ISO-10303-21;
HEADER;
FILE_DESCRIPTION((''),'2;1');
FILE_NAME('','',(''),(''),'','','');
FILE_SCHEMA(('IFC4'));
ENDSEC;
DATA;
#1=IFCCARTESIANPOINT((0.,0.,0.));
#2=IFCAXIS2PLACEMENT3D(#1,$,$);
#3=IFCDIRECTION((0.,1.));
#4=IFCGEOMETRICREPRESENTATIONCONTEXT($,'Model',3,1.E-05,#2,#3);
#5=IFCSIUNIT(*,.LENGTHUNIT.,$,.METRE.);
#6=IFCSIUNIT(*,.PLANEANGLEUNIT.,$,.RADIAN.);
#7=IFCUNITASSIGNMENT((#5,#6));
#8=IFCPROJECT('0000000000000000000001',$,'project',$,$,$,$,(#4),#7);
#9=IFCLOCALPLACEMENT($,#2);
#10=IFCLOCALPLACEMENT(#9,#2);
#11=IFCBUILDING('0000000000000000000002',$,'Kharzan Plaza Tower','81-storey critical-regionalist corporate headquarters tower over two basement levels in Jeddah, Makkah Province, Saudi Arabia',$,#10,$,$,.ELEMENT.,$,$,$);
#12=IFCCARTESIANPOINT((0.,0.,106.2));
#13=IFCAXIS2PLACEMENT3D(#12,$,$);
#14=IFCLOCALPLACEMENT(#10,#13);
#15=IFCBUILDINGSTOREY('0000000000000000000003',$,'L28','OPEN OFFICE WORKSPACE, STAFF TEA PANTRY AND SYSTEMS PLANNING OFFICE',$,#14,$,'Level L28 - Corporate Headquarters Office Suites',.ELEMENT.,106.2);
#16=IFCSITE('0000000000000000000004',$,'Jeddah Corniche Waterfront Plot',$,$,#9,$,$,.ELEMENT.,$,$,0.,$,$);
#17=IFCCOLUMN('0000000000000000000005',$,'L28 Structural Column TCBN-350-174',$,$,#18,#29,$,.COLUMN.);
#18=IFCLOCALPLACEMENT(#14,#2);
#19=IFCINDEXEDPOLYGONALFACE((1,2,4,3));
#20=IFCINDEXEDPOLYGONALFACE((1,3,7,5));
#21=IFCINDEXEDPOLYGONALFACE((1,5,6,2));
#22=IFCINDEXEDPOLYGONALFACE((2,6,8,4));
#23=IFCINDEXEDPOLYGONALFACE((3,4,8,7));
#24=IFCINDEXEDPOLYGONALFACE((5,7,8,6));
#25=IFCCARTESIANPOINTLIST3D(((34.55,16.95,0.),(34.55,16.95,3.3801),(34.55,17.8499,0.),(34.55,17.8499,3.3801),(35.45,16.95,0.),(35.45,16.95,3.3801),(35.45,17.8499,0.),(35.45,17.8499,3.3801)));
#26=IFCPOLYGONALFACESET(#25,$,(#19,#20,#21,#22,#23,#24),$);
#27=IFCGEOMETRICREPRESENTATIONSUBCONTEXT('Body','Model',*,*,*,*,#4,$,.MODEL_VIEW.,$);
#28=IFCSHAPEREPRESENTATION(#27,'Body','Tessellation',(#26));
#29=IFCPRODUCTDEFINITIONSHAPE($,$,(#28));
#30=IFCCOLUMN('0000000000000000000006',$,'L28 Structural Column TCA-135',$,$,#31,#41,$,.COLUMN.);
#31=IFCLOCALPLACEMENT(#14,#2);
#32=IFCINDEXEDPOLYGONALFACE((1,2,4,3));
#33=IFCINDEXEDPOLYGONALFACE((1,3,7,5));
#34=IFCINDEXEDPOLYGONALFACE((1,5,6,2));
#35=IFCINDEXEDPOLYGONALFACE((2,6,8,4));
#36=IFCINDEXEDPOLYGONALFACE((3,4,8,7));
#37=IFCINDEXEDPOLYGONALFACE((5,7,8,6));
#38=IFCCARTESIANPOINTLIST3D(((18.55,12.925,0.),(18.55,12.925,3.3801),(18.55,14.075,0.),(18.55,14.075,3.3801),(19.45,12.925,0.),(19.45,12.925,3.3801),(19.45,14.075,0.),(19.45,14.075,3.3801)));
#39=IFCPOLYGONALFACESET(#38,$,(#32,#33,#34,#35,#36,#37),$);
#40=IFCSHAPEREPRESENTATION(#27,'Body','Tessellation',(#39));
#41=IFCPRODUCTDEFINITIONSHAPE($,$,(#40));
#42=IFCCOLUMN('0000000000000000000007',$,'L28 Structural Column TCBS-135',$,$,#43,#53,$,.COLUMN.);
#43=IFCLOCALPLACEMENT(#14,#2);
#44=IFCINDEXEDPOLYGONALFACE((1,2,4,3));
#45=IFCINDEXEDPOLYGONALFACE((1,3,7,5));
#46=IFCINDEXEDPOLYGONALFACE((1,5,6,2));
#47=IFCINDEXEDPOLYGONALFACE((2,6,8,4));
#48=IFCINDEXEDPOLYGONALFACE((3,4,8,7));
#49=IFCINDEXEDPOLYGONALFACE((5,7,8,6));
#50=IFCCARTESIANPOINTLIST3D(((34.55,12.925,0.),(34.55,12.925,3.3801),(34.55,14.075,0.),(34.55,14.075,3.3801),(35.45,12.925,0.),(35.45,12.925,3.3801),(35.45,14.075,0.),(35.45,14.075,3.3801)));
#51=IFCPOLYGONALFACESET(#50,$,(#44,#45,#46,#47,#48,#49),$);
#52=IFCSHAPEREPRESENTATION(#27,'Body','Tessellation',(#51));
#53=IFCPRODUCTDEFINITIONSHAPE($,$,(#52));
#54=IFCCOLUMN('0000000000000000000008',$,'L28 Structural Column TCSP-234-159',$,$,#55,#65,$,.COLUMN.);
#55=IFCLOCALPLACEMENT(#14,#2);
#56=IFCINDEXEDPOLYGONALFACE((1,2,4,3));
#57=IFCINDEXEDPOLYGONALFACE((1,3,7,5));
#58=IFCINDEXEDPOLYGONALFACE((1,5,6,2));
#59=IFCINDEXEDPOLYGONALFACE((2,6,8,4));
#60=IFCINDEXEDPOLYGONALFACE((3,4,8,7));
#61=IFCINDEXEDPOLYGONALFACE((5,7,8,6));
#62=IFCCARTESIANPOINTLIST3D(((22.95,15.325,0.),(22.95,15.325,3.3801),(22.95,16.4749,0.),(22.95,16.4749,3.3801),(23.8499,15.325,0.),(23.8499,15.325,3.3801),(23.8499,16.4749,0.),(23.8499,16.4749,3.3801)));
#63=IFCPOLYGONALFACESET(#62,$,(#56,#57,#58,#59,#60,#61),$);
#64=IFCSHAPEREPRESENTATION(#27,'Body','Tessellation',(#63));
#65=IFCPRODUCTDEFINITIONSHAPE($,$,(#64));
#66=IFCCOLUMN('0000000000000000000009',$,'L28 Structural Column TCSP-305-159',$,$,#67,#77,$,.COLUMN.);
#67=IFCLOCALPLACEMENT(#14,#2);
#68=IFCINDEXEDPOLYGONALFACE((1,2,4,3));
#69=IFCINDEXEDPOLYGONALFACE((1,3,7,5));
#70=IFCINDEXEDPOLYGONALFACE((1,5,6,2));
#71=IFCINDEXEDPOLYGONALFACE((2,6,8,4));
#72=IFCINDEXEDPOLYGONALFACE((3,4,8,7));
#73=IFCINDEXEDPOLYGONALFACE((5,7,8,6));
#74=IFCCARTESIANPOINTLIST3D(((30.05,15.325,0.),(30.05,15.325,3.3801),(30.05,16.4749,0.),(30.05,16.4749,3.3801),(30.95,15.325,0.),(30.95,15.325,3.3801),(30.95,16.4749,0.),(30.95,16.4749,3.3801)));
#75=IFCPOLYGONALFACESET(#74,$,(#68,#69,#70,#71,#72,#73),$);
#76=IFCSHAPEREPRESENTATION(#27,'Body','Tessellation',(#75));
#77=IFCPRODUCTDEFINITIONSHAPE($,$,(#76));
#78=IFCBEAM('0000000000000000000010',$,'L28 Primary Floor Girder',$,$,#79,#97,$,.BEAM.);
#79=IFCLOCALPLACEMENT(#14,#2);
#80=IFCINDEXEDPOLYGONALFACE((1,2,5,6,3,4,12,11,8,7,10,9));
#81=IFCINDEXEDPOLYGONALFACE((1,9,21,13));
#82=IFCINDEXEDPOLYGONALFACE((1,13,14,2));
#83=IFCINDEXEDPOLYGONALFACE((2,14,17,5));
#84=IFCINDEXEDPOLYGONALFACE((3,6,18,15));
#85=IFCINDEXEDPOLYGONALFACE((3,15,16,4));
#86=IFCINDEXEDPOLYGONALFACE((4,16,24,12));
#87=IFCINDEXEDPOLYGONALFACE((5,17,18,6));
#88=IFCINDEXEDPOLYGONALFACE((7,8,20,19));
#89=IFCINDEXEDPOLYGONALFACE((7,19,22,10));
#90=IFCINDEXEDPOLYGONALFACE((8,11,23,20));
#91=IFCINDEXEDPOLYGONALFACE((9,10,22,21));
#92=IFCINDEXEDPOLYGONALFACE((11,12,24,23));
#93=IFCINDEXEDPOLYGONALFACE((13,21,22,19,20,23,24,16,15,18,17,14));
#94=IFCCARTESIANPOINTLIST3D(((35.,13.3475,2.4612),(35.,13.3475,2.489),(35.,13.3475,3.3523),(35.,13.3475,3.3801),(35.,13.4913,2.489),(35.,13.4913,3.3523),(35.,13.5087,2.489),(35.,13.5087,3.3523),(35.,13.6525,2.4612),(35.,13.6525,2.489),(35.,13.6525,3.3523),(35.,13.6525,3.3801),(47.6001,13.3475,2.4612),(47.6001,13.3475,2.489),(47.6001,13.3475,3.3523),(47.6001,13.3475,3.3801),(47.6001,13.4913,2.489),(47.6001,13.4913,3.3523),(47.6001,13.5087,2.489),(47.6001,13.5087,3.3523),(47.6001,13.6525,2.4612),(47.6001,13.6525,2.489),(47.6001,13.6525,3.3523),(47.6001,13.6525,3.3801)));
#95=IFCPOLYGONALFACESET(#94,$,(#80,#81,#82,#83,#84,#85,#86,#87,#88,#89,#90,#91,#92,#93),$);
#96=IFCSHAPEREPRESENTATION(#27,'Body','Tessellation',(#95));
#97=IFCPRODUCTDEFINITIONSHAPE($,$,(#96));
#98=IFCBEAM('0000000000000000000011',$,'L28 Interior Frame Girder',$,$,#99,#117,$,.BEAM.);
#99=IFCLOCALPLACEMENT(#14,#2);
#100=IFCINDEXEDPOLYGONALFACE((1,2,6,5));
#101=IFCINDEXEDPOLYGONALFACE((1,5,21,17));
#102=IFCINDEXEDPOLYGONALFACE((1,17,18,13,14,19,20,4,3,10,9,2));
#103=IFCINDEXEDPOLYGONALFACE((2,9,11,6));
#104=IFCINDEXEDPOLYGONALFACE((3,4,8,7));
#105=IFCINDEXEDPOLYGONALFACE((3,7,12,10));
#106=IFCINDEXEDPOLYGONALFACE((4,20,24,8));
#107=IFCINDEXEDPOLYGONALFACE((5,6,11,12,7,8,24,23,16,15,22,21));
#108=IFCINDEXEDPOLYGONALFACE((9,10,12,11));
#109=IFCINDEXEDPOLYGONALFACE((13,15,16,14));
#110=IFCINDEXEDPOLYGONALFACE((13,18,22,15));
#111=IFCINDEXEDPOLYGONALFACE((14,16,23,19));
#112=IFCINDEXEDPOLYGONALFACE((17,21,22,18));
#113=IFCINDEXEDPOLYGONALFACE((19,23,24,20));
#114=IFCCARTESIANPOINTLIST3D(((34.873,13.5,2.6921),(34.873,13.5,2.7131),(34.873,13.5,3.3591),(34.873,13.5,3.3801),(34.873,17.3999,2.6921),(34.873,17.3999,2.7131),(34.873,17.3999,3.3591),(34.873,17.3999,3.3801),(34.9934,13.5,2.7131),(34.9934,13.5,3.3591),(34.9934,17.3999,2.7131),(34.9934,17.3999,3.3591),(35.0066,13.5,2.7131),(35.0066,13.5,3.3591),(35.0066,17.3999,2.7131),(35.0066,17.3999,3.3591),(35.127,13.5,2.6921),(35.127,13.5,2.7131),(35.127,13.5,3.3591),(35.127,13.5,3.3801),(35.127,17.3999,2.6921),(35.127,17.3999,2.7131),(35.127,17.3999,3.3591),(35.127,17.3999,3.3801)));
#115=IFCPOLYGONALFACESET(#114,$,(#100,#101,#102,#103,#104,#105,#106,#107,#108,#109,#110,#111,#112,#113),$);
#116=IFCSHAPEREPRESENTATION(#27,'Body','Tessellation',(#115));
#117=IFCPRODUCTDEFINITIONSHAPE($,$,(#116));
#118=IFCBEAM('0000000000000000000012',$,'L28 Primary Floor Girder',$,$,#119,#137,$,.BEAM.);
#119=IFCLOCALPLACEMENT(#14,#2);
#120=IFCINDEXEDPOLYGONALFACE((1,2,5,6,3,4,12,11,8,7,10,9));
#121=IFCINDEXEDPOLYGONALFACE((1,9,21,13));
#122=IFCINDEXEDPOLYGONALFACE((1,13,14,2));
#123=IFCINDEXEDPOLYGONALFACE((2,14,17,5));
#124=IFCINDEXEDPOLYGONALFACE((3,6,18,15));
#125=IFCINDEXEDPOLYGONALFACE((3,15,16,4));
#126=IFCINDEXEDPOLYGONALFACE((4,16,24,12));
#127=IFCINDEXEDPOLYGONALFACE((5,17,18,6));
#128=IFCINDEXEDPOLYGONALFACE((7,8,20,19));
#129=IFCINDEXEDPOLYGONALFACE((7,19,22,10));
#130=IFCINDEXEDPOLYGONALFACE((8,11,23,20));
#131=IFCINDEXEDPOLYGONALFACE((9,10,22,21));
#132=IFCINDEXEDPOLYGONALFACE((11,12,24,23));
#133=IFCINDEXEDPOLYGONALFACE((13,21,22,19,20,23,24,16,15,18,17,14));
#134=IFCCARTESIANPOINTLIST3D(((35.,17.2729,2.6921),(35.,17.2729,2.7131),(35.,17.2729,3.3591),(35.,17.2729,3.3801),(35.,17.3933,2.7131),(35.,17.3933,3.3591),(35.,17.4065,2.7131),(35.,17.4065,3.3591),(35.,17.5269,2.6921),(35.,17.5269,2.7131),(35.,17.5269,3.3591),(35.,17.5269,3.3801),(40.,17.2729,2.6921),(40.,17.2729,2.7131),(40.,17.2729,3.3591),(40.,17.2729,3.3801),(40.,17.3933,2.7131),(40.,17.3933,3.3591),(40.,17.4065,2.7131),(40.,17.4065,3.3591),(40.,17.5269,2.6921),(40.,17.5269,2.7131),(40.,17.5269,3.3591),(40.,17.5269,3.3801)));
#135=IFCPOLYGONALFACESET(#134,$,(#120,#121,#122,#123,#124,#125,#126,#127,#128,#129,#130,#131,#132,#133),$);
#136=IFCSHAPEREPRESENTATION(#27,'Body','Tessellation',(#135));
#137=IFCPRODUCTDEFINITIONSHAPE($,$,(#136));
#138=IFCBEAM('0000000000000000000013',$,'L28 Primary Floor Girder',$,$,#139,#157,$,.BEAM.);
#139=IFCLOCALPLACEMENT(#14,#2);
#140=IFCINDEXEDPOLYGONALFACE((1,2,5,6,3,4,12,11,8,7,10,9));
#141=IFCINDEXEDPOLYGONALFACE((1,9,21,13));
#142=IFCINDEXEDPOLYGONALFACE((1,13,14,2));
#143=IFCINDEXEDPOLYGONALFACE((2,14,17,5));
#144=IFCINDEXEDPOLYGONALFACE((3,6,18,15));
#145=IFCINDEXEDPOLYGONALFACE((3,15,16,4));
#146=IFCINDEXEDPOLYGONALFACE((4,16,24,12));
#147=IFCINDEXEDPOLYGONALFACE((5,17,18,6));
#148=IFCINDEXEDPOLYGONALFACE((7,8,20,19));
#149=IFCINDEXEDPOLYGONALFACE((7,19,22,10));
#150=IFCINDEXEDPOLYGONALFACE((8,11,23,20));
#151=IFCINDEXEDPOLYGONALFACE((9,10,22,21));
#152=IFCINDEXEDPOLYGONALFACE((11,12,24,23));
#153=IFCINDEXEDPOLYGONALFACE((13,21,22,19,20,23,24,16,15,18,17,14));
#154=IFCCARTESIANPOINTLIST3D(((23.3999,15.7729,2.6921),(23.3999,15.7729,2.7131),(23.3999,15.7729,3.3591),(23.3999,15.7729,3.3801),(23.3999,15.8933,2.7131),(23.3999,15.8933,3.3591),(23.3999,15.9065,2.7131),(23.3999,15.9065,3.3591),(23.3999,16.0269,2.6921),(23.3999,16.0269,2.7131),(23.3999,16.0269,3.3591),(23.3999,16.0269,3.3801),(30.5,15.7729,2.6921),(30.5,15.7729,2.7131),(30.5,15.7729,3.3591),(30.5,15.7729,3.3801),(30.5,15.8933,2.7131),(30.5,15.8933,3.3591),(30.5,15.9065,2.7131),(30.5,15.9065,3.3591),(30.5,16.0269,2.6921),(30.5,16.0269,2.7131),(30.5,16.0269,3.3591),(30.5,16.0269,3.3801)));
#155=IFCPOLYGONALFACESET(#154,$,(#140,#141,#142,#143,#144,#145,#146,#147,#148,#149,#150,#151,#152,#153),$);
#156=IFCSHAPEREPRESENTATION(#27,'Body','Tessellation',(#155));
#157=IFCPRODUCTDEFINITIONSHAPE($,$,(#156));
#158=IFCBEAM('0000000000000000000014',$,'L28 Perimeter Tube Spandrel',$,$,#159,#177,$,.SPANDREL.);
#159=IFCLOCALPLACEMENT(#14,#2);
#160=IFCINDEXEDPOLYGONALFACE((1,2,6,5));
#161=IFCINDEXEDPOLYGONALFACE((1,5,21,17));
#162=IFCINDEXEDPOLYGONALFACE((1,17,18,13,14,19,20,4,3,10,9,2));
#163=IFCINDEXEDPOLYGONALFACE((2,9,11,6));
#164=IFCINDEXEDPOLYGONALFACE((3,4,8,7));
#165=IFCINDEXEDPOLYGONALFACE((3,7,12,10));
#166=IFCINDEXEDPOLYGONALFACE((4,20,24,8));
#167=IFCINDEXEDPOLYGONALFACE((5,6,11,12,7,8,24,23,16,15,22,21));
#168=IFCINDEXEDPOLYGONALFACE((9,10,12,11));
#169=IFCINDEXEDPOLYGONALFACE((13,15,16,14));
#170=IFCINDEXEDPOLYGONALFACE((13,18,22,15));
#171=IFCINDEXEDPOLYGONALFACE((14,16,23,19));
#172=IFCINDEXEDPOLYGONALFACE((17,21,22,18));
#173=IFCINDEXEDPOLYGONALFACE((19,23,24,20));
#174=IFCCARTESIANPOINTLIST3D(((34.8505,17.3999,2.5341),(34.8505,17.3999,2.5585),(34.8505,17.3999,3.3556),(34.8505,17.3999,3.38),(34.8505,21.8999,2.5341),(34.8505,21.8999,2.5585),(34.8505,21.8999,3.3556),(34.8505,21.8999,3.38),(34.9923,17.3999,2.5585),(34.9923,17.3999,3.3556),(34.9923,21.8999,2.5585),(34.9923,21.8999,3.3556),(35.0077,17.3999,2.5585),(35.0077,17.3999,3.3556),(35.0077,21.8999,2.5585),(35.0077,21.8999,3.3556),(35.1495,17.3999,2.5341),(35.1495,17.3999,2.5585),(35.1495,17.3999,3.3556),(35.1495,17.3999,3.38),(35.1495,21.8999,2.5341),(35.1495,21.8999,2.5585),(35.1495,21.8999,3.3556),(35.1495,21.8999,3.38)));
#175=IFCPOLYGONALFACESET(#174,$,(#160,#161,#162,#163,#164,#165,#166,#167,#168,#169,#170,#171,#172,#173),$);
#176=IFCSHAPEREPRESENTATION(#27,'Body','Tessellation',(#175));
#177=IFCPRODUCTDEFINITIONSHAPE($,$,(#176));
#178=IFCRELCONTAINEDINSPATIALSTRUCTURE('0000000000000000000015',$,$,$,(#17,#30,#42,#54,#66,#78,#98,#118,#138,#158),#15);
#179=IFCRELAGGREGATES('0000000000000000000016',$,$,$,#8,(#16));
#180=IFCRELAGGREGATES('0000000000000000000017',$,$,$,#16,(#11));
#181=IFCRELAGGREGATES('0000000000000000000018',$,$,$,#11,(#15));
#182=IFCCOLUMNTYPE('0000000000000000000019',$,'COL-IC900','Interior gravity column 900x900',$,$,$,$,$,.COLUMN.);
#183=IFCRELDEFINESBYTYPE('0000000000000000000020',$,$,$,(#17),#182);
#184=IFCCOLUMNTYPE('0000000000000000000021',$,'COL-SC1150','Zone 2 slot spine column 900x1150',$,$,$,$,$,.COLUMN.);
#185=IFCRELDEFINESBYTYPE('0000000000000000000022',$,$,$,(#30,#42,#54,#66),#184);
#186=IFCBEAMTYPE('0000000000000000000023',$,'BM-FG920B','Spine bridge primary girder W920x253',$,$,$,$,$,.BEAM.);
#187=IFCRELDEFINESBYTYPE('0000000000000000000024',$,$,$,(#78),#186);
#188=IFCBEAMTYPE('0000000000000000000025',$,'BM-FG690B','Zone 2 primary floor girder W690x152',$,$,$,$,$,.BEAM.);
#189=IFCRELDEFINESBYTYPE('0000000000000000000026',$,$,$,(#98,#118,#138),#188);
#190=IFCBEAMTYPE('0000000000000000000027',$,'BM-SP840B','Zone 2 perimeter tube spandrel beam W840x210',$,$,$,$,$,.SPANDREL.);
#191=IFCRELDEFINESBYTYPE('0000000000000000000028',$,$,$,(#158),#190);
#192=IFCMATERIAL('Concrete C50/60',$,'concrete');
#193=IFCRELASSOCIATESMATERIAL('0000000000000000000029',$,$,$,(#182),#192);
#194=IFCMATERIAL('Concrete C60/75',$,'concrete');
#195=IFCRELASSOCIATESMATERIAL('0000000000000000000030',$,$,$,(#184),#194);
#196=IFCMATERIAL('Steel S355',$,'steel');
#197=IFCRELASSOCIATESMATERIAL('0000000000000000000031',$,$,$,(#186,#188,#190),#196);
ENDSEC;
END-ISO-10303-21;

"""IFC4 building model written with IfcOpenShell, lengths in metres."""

from ifc_helpers import new_model, si_unit, direction, frame, origin, origin_2d, place, context, subcontext, project, spatial, rectangle, i_section, extrude, source, transform, mapped, material, material_profile, profile_set, type_object, element, save


model = new_model("IFC4")

# Units and contexts
model_context = context("Model", 3, precision=1e-05, world=origin(), true_north=direction((0.0, 1.0)))
body_context = subcontext(model_context, "Body", "Model", "MODEL_VIEW")
ifc_project = project(units=[si_unit("LENGTHUNIT", "METRE"), si_unit("PLANEANGLEUNIT", "RADIAN")], contexts=[model_context])

# Site, building, storey
site_placement = place(None, origin())
site = spatial("IfcSite", under=ifc_project, at=site_placement, Name="Jeddah Corniche Waterfront Plot", CompositionType="ELEMENT", RefElevation=0.0)
building_placement = place(site_placement, origin())
building = spatial("IfcBuilding", under=site, at=building_placement, Name="Kharzan Plaza Tower", Description="81-storey critical-regionalist corporate headquarters tower over two basement levels in Jeddah, Makkah Province, Saudi Arabia", CompositionType="ELEMENT")
storey_placement = place(building_placement, frame((0.0, 0.0, 106.2)))
storey = spatial("IfcBuildingStorey", under=building, at=storey_placement, Name="L28", Description="OPEN OFFICE WORKSPACE, STAFF TEA PANTRY AND SYSTEMS PLANNING OFFICE", LongName="Level L28 - Corporate Headquarters Office Suites", CompositionType="ELEMENT", Elevation=106.2)

# Columns
ifc_material_1 = material(Name="Concrete C50/60", Category="concrete")
ifc_material_profile_1 = material_profile(ifc_material_1, rectangle(XDim=0.8999, YDim=0.8999, at=origin_2d()), Name="RC-IC900x900")
ifc_profile_set_1 = profile_set([ifc_material_profile_1], Name="Concrete C50/60")
column_type_1 = type_object("IfcColumnType", Name="COL-IC900", Description="Interior gravity column 900x900", PredefinedType="COLUMN", material=ifc_profile_set_1)
shared_shape_1 = source(origin(), body_context, "Body", "SweptSolid", [
    extrude(rectangle(XDim=0.8999, YDim=0.8999, at=origin_2d()), origin(), (0.0, 0.0, 1.0), 3.3801),
])
column_placement = place(storey_placement, frame((35.0, 17.3999, 0.0), z_axis=(0.0, 0.0, 1.0), x_axis=(1.0, 0.0, 0.0)))
element("IfcColumn", 1, at=column_placement, inside=storey, type_object=column_type_1, Name="L28 Structural Column TCBN-350-174", PredefinedType="COLUMN", context=body_context, shape_type="MappedRepresentation", body=[
    mapped(shared_shape_1, transform((0.0, 0.0, 0.0), x_axis=(1.0, 0.0, 0.0), y_axis=(0.0, 1.0, 0.0), z_axis=(0.0, 0.0, 1.0))),
])
ifc_material_2 = material(Name="Concrete C60/75", Category="concrete")
ifc_material_profile_2 = material_profile(ifc_material_2, rectangle(XDim=0.8999, YDim=1.1499, at=origin_2d()), Name="RC-SC1150x900")
ifc_profile_set_2 = profile_set([ifc_material_profile_2], Name="Concrete C60/75")
column_type_2 = type_object("IfcColumnType", Name="COL-SC1150", Description="Zone 2 slot spine column 900x1150", PredefinedType="COLUMN", material=ifc_profile_set_2)
shared_shape_2 = source(origin(), body_context, "Body", "SweptSolid", [
    extrude(rectangle(XDim=0.8999, YDim=1.1499, at=origin_2d()), origin(), (0.0, 0.0, 1.0), 3.3801),
])
for number, where, z_axis, x_axis, name in (
    (2, (19.0, 13.5, 0.0), (0.0, 0.0, 1.0), (1.0, 0.0, 0.0), "L28 Structural Column TCA-135"),
    (3, (35.0, 13.5, 0.0), (0.0, 0.0, 1.0), (1.0, 0.0, 0.0), "L28 Structural Column TCBS-135"),
    (4, (23.3999, 15.8999, 0.0), (0.0, 0.0, 1.0), (1.0, 0.0, 0.0), "L28 Structural Column TCSP-234-159"),
    (5, (30.5, 15.8999, 0.0), (0.0, 0.0, 1.0), (1.0, 0.0, 0.0), "L28 Structural Column TCSP-305-159"),
):
    element("IfcColumn", number, at=place(storey_placement, frame(where, z_axis=z_axis, x_axis=x_axis)), inside=storey, type_object=column_type_2, Name=name, PredefinedType="COLUMN", context=body_context, shape_type="MappedRepresentation", body=[
        mapped(shared_shape_2, transform((0.0, 0.0, 0.0), x_axis=(1.0, 0.0, 0.0), y_axis=(0.0, 1.0, 0.0), z_axis=(0.0, 0.0, 1.0))),
    ])

# Beams
ifc_material_3 = material(Name="Steel S355", Category="steel")
ifc_material_profile_3 = material_profile(ifc_material_3, i_section(OverallWidth=0.3049, OverallDepth=0.9189, WebThickness=0.0173, FlangeThickness=0.0278, at=origin_2d()), Name="W920x253")
ifc_profile_set_3 = profile_set([ifc_material_profile_3], Name="Steel S355")
beam_type_1 = type_object("IfcBeamType", Name="BM-FG920B", Description="Spine bridge primary girder W920x253", PredefinedType="BEAM", material=ifc_profile_set_3)
shared_shape_3 = source(origin(), body_context, "Body", "SweptSolid", [
    extrude(i_section(OverallWidth=0.3049, OverallDepth=0.9189, WebThickness=0.0173, FlangeThickness=0.0278, at=origin_2d()), origin(), (0.0, 0.0, 1.0), 12.6001),
])
beam_1_placement = place(storey_placement, frame((35.0, 13.5, 2.9207), z_axis=(1.0, 0.0, 0.0), x_axis=(0.0, 1.0, 0.0)))
element("IfcBeam", 6, at=beam_1_placement, inside=storey, type_object=beam_type_1, Name="L28 Primary Floor Girder", PredefinedType="BEAM", context=body_context, shape_type="MappedRepresentation", body=[
    mapped(shared_shape_3, transform((0.0, 0.0, 0.0), x_axis=(1.0, 0.0, 0.0), y_axis=(0.0, 1.0, 0.0), z_axis=(0.0, 0.0, 1.0))),
])
ifc_material_profile_4 = material_profile(ifc_material_3, i_section(OverallWidth=0.2539, OverallDepth=0.688, WebThickness=0.0132, FlangeThickness=0.021, at=origin_2d()), Name="W690x152")
ifc_profile_set_4 = profile_set([ifc_material_profile_4], Name="Steel S355")
beam_type_2 = type_object("IfcBeamType", Name="BM-FG690B", Description="Zone 2 primary floor girder W690x152", PredefinedType="BEAM", material=ifc_profile_set_4)
shared_shape_4 = source(origin(), body_context, "Body", "SweptSolid", [
    extrude(i_section(OverallWidth=0.2539, OverallDepth=0.688, WebThickness=0.0132, FlangeThickness=0.021, at=origin_2d()), origin(), (0.0, 0.0, 1.0), 3.8999),
])
beam_2_placement = place(storey_placement, frame((35.0, 13.5, 3.0361), z_axis=(0.0, 1.0, 0.0), x_axis=(-1.0, 0.0, 0.0)))
element("IfcBeam", 7, at=beam_2_placement, inside=storey, type_object=beam_type_2, Name="L28 Interior Frame Girder", PredefinedType="BEAM", context=body_context, shape_type="MappedRepresentation", body=[
    mapped(shared_shape_4, transform((0.0, 0.0, 0.0), x_axis=(1.0, 0.0, 0.0), y_axis=(0.0, 1.0, 0.0), z_axis=(0.0, 0.0, 1.0))),
])
shared_shape_5 = source(origin(), body_context, "Body", "SweptSolid", [
    extrude(i_section(OverallWidth=0.2539, OverallDepth=0.688, WebThickness=0.0132, FlangeThickness=0.021, at=origin_2d()), origin(), (0.0, 0.0, 1.0), 5.0),
])
beam_3_placement = place(storey_placement, frame((35.0, 17.3999, 3.0361), z_axis=(1.0, 0.0, 0.0), x_axis=(0.0, 1.0, 0.0)))
element("IfcBeam", 8, at=beam_3_placement, inside=storey, type_object=beam_type_2, Name="L28 Primary Floor Girder", PredefinedType="BEAM", context=body_context, shape_type="MappedRepresentation", body=[
    mapped(shared_shape_5, transform((0.0, 0.0, 0.0), x_axis=(1.0, 0.0, 0.0), y_axis=(0.0, 1.0, 0.0), z_axis=(0.0, 0.0, 1.0))),
])
shared_shape_6 = source(origin(), body_context, "Body", "SweptSolid", [
    extrude(i_section(OverallWidth=0.2539, OverallDepth=0.688, WebThickness=0.0132, FlangeThickness=0.021, at=origin_2d()), origin(), (0.0, 0.0, 1.0), 7.1001),
])
beam_4_placement = place(storey_placement, frame((23.3999, 15.8999, 3.0361), z_axis=(1.0, 0.0, 0.0), x_axis=(0.0, 1.0, 0.0)))
element("IfcBeam", 9, at=beam_4_placement, inside=storey, type_object=beam_type_2, Name="L28 Primary Floor Girder", PredefinedType="BEAM", context=body_context, shape_type="MappedRepresentation", body=[
    mapped(shared_shape_6, transform((0.0, 0.0, 0.0), x_axis=(1.0, 0.0, 0.0), y_axis=(0.0, 1.0, 0.0), z_axis=(0.0, 0.0, 1.0))),
])
ifc_material_profile_5 = material_profile(ifc_material_3, i_section(OverallWidth=0.2991, OverallDepth=0.8459, WebThickness=0.0154, FlangeThickness=0.0244, at=origin_2d()), Name="W840x210")
ifc_profile_set_5 = profile_set([ifc_material_profile_5], Name="Steel S355")
beam_type_3 = type_object("IfcBeamType", Name="BM-SP840B", Description="Zone 2 perimeter tube spandrel beam W840x210", PredefinedType="SPANDREL", material=ifc_profile_set_5)
shared_shape_7 = source(origin(), body_context, "Body", "SweptSolid", [
    extrude(i_section(OverallWidth=0.2991, OverallDepth=0.8459, WebThickness=0.0154, FlangeThickness=0.0244, at=origin_2d()), origin(), (0.0, 0.0, 1.0), 4.5),
])
beam_5_placement = place(storey_placement, frame((35.0, 17.3999, 2.957), z_axis=(0.0, 1.0, 0.0), x_axis=(-1.0, 0.0, 0.0)))
element("IfcBeam", 10, at=beam_5_placement, inside=storey, type_object=beam_type_3, Name="L28 Perimeter Tube Spandrel", PredefinedType="SPANDREL", context=body_context, shape_type="MappedRepresentation", body=[
    mapped(shared_shape_7, transform((0.0, 0.0, 0.0), x_axis=(1.0, 0.0, 0.0), y_axis=(0.0, 1.0, 0.0), z_axis=(0.0, 0.0, 1.0))),
])

save(model, "model.ifc")
